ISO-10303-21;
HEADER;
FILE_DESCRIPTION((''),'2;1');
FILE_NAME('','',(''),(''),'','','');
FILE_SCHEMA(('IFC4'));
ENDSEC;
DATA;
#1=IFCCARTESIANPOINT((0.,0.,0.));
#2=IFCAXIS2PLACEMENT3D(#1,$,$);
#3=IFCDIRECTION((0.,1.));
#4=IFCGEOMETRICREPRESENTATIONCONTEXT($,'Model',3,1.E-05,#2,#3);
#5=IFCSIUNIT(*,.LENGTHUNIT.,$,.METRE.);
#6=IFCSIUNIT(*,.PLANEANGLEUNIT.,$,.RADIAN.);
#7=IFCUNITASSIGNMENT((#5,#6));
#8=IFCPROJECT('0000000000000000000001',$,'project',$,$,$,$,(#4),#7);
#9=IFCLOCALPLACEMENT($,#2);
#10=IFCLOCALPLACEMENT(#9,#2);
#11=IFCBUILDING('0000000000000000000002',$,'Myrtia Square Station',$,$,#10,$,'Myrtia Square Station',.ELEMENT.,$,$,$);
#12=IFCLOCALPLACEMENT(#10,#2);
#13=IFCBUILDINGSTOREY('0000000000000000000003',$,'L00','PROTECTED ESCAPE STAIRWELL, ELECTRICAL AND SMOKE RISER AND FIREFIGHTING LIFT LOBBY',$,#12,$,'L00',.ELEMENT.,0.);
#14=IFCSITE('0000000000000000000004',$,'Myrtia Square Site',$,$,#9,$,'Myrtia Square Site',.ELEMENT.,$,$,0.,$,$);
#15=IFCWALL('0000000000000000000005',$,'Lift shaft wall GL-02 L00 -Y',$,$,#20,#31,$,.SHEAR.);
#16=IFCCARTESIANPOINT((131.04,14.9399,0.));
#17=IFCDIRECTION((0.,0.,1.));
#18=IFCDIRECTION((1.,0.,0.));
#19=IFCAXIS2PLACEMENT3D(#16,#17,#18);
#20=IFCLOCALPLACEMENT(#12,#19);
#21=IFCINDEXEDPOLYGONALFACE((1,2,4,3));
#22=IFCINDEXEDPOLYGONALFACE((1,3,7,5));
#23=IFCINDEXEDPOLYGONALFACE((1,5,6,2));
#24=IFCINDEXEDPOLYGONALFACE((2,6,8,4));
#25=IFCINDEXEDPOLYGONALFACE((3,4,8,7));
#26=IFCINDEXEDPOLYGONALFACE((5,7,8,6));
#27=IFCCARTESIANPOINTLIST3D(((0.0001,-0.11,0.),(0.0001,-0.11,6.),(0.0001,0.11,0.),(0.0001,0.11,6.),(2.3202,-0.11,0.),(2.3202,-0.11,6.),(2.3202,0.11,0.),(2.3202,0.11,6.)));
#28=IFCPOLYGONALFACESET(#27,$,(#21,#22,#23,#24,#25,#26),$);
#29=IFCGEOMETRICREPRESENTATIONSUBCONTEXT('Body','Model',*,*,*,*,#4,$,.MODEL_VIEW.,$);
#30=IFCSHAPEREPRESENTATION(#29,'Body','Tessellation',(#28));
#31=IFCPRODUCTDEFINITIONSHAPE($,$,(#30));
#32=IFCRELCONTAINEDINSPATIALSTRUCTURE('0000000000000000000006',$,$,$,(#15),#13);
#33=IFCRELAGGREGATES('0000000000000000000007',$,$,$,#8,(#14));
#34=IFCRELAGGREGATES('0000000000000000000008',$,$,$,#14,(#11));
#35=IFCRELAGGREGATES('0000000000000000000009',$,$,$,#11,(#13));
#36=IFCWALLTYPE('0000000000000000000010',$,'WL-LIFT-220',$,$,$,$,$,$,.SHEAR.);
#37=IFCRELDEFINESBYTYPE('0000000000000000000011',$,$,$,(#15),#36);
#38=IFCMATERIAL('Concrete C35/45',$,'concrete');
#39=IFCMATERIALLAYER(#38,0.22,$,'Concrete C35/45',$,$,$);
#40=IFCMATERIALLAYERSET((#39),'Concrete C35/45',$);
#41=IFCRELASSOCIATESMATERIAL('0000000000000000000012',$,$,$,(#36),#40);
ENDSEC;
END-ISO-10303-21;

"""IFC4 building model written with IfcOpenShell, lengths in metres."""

from ifc_helpers import new_model, si_unit, direction, frame, frame_2d, origin, place, context, subcontext, project, spatial, rectangle, extrude, material, layer, layer_set, type_object, element, save


model = new_model("IFC4")

# Units and contexts
model_context = context("Model", 3, precision=1e-05, world=origin(), true_north=direction((0.0, 1.0)))
body_context = subcontext(model_context, "Body", "Model", "MODEL_VIEW")
ifc_project = project(units=[si_unit("LENGTHUNIT", "METRE"), si_unit("PLANEANGLEUNIT", "RADIAN")], contexts=[model_context])

# Site, building, storey
site_placement = place(None, origin())
site = spatial("IfcSite", under=ifc_project, at=site_placement, Name="Myrtia Square Site", LongName="Myrtia Square Site", CompositionType="ELEMENT", RefElevation=0.0)
building_placement = place(site_placement, origin())
building = spatial("IfcBuilding", under=site, at=building_placement, Name="Myrtia Square Station", LongName="Myrtia Square Station", CompositionType="ELEMENT")
storey_placement = place(building_placement, origin())
storey = spatial("IfcBuildingStorey", under=building, at=storey_placement, Name="L00", Description="PROTECTED ESCAPE STAIRWELL, ELECTRICAL AND SMOKE RISER AND FIREFIGHTING LIFT LOBBY", LongName="L00", CompositionType="ELEMENT", Elevation=0.0)

# Shared definitions
ifc_material_1 = material(Name="Concrete C35/45", Category="concrete")

# Shared definitions
ifc_layer_1 = layer(ifc_material_1, 0.22, Name="Concrete C35/45")
ifc_layer_set_1 = layer_set([ifc_layer_1], Name="Concrete C35/45")
wall_type_1 = type_object("IfcWallType", Name="WL-LIFT-220", PredefinedType="SHEAR", material=ifc_layer_set_1)

# Wall
wall_1_placement = place(storey_placement, frame((131.04, 14.9399, 0.0), z_axis=(0.0, 0.0, 1.0), x_axis=(1.0, 0.0, 0.0)))
element("IfcWall", 1, at=wall_1_placement, inside=storey, type_object=wall_type_1, Name="Lift shaft wall GL-02 L00 -Y", PredefinedType="SHEAR", context=body_context, shape_type="SweptSolid", body=[
    extrude(rectangle(XDim=2.3201, YDim=0.22, at=frame_2d((1.1602, 0.0))), origin(), (0.0, 0.0, 1.0), 6.0),
])

save(model, "model.ifc")
